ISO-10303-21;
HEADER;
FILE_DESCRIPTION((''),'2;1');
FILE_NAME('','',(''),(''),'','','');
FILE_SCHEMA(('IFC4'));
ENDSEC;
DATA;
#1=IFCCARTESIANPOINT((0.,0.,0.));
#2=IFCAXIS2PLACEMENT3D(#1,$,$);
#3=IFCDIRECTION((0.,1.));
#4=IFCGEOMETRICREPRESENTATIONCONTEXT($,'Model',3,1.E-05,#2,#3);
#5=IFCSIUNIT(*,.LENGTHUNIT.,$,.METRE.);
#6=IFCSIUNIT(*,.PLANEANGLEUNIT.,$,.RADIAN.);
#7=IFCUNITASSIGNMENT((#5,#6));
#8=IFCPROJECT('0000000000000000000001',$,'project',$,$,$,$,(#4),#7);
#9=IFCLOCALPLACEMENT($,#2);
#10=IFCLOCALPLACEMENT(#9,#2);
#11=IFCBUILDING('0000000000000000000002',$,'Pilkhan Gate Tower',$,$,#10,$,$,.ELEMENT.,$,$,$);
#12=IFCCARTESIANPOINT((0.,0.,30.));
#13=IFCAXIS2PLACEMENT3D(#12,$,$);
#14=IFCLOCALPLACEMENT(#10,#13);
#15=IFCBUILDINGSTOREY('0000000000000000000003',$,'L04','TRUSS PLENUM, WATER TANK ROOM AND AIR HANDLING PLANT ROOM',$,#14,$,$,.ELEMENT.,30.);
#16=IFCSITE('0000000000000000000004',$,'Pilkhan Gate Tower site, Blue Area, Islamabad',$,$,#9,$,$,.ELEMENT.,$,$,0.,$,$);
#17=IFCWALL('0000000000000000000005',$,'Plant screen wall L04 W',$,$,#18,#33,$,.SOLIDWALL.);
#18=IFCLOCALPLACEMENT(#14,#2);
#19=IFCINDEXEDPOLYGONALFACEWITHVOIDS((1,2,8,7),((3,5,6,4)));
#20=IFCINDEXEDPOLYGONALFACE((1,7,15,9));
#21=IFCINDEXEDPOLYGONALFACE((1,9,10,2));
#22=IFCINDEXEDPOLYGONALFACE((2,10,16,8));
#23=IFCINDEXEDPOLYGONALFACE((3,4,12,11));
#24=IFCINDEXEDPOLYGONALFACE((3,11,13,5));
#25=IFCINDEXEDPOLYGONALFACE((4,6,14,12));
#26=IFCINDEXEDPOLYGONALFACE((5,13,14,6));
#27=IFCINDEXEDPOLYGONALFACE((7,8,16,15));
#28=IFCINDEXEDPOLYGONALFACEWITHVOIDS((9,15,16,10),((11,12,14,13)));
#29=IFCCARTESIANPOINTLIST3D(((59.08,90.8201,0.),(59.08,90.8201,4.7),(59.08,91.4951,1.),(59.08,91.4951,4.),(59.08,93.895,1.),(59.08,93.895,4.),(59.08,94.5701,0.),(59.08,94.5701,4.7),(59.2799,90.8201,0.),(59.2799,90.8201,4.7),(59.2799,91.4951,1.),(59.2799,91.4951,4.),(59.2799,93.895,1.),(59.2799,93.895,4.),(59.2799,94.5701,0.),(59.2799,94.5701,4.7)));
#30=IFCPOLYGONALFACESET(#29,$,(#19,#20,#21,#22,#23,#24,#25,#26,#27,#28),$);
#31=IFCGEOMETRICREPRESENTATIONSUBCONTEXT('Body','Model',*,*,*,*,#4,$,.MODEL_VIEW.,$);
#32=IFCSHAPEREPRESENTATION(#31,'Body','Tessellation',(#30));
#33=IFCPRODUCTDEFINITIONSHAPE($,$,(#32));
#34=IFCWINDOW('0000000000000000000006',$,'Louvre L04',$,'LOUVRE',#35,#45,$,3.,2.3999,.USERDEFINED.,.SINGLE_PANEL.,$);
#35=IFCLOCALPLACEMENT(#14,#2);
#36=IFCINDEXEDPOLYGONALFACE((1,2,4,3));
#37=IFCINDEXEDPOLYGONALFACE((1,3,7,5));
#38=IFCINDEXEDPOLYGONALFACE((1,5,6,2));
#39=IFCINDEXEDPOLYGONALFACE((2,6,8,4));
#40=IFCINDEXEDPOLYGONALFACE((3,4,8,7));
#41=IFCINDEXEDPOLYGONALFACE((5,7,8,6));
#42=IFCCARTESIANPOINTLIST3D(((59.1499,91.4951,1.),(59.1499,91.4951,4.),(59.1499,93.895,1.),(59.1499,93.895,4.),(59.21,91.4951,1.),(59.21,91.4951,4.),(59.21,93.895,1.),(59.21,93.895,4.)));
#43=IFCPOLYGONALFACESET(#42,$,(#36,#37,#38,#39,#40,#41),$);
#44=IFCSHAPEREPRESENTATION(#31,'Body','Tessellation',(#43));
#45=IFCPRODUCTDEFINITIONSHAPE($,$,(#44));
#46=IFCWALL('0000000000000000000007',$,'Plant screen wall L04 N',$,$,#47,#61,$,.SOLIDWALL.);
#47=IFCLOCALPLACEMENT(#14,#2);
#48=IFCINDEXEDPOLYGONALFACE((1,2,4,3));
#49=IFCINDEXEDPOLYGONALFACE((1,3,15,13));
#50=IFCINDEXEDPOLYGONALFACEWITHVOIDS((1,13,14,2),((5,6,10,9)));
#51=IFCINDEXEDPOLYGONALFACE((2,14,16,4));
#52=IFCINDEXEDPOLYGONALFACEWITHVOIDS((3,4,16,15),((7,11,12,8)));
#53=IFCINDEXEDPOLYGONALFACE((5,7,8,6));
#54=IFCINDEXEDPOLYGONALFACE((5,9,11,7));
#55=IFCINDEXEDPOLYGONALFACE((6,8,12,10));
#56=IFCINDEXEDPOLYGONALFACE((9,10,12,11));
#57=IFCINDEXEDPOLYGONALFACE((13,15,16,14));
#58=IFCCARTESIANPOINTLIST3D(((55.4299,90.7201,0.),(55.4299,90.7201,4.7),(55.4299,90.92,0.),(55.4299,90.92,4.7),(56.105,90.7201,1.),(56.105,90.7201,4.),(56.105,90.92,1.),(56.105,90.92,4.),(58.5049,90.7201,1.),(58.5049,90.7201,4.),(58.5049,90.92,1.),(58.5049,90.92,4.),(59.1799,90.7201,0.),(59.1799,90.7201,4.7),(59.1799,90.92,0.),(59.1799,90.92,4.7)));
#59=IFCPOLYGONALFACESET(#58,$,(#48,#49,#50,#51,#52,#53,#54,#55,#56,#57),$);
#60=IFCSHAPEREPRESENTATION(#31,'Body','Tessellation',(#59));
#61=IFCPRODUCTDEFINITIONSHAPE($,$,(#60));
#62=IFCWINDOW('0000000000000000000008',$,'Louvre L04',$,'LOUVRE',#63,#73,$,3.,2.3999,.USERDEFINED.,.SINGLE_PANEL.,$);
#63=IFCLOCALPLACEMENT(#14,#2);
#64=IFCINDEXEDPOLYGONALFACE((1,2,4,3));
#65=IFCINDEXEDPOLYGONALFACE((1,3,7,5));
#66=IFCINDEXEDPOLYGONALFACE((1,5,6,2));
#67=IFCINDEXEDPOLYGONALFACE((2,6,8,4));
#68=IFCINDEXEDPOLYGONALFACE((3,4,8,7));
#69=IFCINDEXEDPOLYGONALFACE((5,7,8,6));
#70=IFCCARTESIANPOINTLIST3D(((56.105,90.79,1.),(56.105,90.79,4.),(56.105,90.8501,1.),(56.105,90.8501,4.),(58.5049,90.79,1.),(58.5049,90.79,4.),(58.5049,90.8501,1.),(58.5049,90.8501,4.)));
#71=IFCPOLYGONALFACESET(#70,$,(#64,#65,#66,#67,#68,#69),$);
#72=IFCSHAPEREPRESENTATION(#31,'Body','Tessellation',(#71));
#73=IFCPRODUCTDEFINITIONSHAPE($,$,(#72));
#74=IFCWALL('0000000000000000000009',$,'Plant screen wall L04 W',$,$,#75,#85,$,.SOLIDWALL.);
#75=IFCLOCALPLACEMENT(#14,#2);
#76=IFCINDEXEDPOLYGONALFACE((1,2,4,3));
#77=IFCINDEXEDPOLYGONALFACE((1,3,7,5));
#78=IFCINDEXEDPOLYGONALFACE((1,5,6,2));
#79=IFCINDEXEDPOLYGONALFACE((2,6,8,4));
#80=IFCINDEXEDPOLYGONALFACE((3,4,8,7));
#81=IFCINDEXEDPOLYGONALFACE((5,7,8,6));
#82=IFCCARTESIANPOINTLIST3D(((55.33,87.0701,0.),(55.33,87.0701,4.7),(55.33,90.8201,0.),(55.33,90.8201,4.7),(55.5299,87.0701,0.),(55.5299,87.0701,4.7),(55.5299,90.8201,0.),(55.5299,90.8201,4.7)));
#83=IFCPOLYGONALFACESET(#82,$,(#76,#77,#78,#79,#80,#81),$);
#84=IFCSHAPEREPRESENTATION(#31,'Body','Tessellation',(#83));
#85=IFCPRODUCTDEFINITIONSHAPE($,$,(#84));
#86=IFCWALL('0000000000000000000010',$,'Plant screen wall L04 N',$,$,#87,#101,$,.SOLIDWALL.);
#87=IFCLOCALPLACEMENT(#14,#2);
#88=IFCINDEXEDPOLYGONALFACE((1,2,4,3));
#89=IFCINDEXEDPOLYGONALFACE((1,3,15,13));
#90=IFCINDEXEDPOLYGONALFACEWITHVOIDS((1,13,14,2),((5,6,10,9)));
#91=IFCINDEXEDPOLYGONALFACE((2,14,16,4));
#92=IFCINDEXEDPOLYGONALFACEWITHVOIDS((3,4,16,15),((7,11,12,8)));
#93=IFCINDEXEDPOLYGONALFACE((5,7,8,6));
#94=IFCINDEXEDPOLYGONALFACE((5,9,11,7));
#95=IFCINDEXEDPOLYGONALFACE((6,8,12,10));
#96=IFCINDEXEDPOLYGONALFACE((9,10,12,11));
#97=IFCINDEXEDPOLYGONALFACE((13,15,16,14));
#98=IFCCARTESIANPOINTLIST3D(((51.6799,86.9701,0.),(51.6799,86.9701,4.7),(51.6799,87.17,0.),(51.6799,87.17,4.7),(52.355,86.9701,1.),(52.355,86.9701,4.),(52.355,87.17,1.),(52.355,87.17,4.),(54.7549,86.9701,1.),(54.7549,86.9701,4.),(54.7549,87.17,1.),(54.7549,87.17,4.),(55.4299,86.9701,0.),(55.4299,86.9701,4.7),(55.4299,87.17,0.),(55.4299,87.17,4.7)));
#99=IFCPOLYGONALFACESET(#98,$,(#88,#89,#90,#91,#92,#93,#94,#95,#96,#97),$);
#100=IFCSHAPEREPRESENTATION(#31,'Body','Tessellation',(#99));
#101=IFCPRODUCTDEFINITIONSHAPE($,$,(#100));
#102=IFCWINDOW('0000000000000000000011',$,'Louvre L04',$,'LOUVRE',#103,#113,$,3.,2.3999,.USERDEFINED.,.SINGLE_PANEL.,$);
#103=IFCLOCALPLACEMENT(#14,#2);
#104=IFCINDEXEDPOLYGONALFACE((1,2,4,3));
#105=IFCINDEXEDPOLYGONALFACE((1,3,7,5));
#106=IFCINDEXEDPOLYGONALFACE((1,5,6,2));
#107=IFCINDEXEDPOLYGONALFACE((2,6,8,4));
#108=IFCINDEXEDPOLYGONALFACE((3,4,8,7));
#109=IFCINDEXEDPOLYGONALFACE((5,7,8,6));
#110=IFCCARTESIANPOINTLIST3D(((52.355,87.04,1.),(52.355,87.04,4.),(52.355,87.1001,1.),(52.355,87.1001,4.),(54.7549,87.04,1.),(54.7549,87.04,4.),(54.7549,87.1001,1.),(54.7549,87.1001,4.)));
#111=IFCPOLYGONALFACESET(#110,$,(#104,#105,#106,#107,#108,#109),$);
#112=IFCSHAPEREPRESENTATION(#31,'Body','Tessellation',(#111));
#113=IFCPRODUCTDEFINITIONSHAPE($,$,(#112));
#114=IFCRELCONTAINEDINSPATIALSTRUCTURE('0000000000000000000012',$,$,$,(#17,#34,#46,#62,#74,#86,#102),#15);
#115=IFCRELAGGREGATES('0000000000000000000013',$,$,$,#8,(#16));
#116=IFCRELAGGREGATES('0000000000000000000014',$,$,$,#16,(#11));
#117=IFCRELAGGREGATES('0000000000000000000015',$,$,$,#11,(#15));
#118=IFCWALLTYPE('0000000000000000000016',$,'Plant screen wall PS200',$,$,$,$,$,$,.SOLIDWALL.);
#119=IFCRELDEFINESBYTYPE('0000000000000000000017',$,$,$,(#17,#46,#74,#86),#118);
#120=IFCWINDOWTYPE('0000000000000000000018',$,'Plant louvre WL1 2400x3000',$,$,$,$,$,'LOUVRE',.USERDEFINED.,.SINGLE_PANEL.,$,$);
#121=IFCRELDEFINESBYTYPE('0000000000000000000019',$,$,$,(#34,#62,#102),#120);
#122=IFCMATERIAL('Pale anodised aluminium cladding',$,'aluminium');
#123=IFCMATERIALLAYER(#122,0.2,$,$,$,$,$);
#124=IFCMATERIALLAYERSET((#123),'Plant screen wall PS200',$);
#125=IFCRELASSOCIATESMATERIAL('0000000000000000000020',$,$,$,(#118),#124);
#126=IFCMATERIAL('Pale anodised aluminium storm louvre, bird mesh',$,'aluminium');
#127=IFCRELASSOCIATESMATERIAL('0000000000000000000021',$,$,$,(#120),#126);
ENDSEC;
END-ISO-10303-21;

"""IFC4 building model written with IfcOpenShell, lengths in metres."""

from ifc_helpers import new_model, si_unit, direction, frame, frame_2d, origin, place, context, subcontext, project, spatial, rectangle, extrude, material, layer, layer_set, type_object, element, fill, save


model = new_model("IFC4")

# Units and contexts
model_context = context("Model", 3, precision=1e-05, world=origin(), true_north=direction((0.0, 1.0)))
body_context = subcontext(model_context, "Body", "Model", "MODEL_VIEW")
ifc_project = project(units=[si_unit("LENGTHUNIT", "METRE"), si_unit("PLANEANGLEUNIT", "RADIAN")], contexts=[model_context])

# Site, building, storey
site_placement = place(None, origin())
site = spatial("IfcSite", under=ifc_project, at=site_placement, Name="Pilkhan Gate Tower site, Blue Area, Islamabad", CompositionType="ELEMENT", RefElevation=0.0)
building_placement = place(site_placement, origin())
building = spatial("IfcBuilding", under=site, at=building_placement, Name="Pilkhan Gate Tower", CompositionType="ELEMENT")
storey_placement = place(building_placement, frame((0.0, 0.0, 30.0)))
storey = spatial("IfcBuildingStorey", under=building, at=storey_placement, Name="L04", Description="TRUSS PLENUM, WATER TANK ROOM AND AIR HANDLING PLANT ROOM", CompositionType="ELEMENT", Elevation=30.0)

# Shared definitions
ifc_material_1 = material(Name="Pale anodised aluminium cladding", Category="aluminium")
ifc_layer_1 = layer(ifc_material_1, 0.2)
ifc_layer_set_1 = layer_set([ifc_layer_1], Name="Plant screen wall PS200")
wall_type_1 = type_object("IfcWallType", Name="Plant screen wall PS200", PredefinedType="SOLIDWALL", material=ifc_layer_set_1)
ifc_material_2 = material(Name="Pale anodised aluminium storm louvre, bird mesh", Category="aluminium")
window_type = type_object("IfcWindowType", Name="Plant louvre WL1 2400x3000", ElementType="LOUVRE", PartitioningType="SINGLE_PANEL", PredefinedType="USERDEFINED", material=ifc_material_2)

# Walls, openings, windows
wall_1_placement = place(storey_placement, frame((59.1799, 90.8201, 0.0), z_axis=(0.0, 0.0, 1.0), x_axis=(0.0, 1.0, 0.0)))
wall_1 = element("IfcWall", 1, at=wall_1_placement, inside=storey, type_object=wall_type_1, Name="Plant screen wall L04 W", PredefinedType="SOLIDWALL", context=body_context, shape_type="SweptSolid", body=[
    extrude(rectangle(XDim=3.75, YDim=0.2, at=frame_2d((1.875, 0.0))), origin(), (0.0, 0.0, 1.0), 4.7),
])
opening_1_placement = place(wall_1_placement, frame((0.675, 0.0, 1.0)))
opening_1 = element("IfcOpeningElement", 2, at=opening_1_placement, cuts=wall_1, PredefinedType="OPENING", context=body_context, shape_type="SweptSolid", body=[
    extrude(rectangle(XDim=2.3999, YDim=3.0, at=frame_2d((1.2, 1.5))), frame((0.0, 0.1099, 0.0), z_axis=(0.0, -1.0, 0.0), x_axis=(1.0, 0.0, 0.0)), (0.0, 0.0, 1.0), 0.22),
])
window_1_placement = place(opening_1_placement, origin())
window_1 = element("IfcWindow", 3, at=window_1_placement, inside=storey, type_object=window_type, Name="Louvre L04", ObjectType="LOUVRE", OverallHeight=3.0, OverallWidth=2.3999, PartitioningType="SINGLE_PANEL", PredefinedType="USERDEFINED", context=body_context, shape_type="SweptSolid", body=[
    extrude(rectangle(XDim=2.3999, YDim=3.0, at=frame_2d((1.2, 1.5))), frame((0.0, 0.03, 0.0), z_axis=(0.0, -1.0, 0.0), x_axis=(1.0, 0.0, 0.0)), (0.0, 0.0, 1.0), 0.0601),
])
fill(opening_1, window_1)
wall_2_placement = place(storey_placement, frame((55.4299, 90.8201, 0.0), z_axis=(0.0, 0.0, 1.0), x_axis=(1.0, 0.0, 0.0)))
wall_2 = element("IfcWall", 4, at=wall_2_placement, inside=storey, type_object=wall_type_1, Name="Plant screen wall L04 N", PredefinedType="SOLIDWALL", context=body_context, shape_type="SweptSolid", body=[
    extrude(rectangle(XDim=3.75, YDim=0.2, at=frame_2d((1.875, 0.0))), origin(), (0.0, 0.0, 1.0), 4.7),
])
opening_2_placement = place(wall_2_placement, frame((0.675, 0.0, 1.0)))
opening_2 = element("IfcOpeningElement", 5, at=opening_2_placement, cuts=wall_2, PredefinedType="OPENING", context=body_context, shape_type="SweptSolid", body=[
    extrude(rectangle(XDim=2.3999, YDim=3.0, at=frame_2d((1.2, 1.5))), frame((0.0, 0.1099, 0.0), z_axis=(0.0, -1.0, 0.0), x_axis=(1.0, 0.0, 0.0)), (0.0, 0.0, 1.0), 0.22),
])
window_2_placement = place(opening_2_placement, origin())
window_2 = element("IfcWindow", 6, at=window_2_placement, inside=storey, type_object=window_type, Name="Louvre L04", ObjectType="LOUVRE", OverallHeight=3.0, OverallWidth=2.3999, PartitioningType="SINGLE_PANEL", PredefinedType="USERDEFINED", context=body_context, shape_type="SweptSolid", body=[
    extrude(rectangle(XDim=2.3999, YDim=3.0, at=frame_2d((1.2, 1.5))), frame((0.0, 0.03, 0.0), z_axis=(0.0, -1.0, 0.0), x_axis=(1.0, 0.0, 0.0)), (0.0, 0.0, 1.0), 0.0601),
])
fill(opening_2, window_2)

# Wall
wall_3_placement = place(storey_placement, frame((55.4299, 87.0701, 0.0), z_axis=(0.0, 0.0, 1.0), x_axis=(0.0, 1.0, 0.0)))
element("IfcWall", 7, at=wall_3_placement, inside=storey, type_object=wall_type_1, Name="Plant screen wall L04 W", PredefinedType="SOLIDWALL", context=body_context, shape_type="SweptSolid", body=[
    extrude(rectangle(XDim=3.75, YDim=0.2, at=frame_2d((1.875, 0.0))), origin(), (0.0, 0.0, 1.0), 4.7),
])

# Wall, opening, window
wall_4_placement = place(storey_placement, frame((51.6799, 87.0701, 0.0), z_axis=(0.0, 0.0, 1.0), x_axis=(1.0, 0.0, 0.0)))
wall_4 = element("IfcWall", 8, at=wall_4_placement, inside=storey, type_object=wall_type_1, Name="Plant screen wall L04 N", PredefinedType="SOLIDWALL", context=body_context, shape_type="SweptSolid", body=[
    extrude(rectangle(XDim=3.75, YDim=0.2, at=frame_2d((1.875, 0.0))), origin(), (0.0, 0.0, 1.0), 4.7),
])
opening_3_placement = place(wall_4_placement, frame((0.675, 0.0, 1.0)))
opening_3 = element("IfcOpeningElement", 9, at=opening_3_placement, cuts=wall_4, PredefinedType="OPENING", context=body_context, shape_type="SweptSolid", body=[
    extrude(rectangle(XDim=2.3999, YDim=3.0, at=frame_2d((1.2, 1.5))), frame((0.0, 0.1099, 0.0), z_axis=(0.0, -1.0, 0.0), x_axis=(1.0, 0.0, 0.0)), (0.0, 0.0, 1.0), 0.22),
])
window_3_placement = place(opening_3_placement, origin())
window_3 = element("IfcWindow", 10, at=window_3_placement, inside=storey, type_object=window_type, Name="Louvre L04", ObjectType="LOUVRE", OverallHeight=3.0, OverallWidth=2.3999, PartitioningType="SINGLE_PANEL", PredefinedType="USERDEFINED", context=body_context, shape_type="SweptSolid", body=[
    extrude(rectangle(XDim=2.3999, YDim=3.0, at=frame_2d((1.2, 1.5))), frame((0.0, 0.03, 0.0), z_axis=(0.0, -1.0, 0.0), x_axis=(1.0, 0.0, 0.0)), (0.0, 0.0, 1.0), 0.0601),
])
fill(opening_3, window_3)

save(model, "model.ifc")
